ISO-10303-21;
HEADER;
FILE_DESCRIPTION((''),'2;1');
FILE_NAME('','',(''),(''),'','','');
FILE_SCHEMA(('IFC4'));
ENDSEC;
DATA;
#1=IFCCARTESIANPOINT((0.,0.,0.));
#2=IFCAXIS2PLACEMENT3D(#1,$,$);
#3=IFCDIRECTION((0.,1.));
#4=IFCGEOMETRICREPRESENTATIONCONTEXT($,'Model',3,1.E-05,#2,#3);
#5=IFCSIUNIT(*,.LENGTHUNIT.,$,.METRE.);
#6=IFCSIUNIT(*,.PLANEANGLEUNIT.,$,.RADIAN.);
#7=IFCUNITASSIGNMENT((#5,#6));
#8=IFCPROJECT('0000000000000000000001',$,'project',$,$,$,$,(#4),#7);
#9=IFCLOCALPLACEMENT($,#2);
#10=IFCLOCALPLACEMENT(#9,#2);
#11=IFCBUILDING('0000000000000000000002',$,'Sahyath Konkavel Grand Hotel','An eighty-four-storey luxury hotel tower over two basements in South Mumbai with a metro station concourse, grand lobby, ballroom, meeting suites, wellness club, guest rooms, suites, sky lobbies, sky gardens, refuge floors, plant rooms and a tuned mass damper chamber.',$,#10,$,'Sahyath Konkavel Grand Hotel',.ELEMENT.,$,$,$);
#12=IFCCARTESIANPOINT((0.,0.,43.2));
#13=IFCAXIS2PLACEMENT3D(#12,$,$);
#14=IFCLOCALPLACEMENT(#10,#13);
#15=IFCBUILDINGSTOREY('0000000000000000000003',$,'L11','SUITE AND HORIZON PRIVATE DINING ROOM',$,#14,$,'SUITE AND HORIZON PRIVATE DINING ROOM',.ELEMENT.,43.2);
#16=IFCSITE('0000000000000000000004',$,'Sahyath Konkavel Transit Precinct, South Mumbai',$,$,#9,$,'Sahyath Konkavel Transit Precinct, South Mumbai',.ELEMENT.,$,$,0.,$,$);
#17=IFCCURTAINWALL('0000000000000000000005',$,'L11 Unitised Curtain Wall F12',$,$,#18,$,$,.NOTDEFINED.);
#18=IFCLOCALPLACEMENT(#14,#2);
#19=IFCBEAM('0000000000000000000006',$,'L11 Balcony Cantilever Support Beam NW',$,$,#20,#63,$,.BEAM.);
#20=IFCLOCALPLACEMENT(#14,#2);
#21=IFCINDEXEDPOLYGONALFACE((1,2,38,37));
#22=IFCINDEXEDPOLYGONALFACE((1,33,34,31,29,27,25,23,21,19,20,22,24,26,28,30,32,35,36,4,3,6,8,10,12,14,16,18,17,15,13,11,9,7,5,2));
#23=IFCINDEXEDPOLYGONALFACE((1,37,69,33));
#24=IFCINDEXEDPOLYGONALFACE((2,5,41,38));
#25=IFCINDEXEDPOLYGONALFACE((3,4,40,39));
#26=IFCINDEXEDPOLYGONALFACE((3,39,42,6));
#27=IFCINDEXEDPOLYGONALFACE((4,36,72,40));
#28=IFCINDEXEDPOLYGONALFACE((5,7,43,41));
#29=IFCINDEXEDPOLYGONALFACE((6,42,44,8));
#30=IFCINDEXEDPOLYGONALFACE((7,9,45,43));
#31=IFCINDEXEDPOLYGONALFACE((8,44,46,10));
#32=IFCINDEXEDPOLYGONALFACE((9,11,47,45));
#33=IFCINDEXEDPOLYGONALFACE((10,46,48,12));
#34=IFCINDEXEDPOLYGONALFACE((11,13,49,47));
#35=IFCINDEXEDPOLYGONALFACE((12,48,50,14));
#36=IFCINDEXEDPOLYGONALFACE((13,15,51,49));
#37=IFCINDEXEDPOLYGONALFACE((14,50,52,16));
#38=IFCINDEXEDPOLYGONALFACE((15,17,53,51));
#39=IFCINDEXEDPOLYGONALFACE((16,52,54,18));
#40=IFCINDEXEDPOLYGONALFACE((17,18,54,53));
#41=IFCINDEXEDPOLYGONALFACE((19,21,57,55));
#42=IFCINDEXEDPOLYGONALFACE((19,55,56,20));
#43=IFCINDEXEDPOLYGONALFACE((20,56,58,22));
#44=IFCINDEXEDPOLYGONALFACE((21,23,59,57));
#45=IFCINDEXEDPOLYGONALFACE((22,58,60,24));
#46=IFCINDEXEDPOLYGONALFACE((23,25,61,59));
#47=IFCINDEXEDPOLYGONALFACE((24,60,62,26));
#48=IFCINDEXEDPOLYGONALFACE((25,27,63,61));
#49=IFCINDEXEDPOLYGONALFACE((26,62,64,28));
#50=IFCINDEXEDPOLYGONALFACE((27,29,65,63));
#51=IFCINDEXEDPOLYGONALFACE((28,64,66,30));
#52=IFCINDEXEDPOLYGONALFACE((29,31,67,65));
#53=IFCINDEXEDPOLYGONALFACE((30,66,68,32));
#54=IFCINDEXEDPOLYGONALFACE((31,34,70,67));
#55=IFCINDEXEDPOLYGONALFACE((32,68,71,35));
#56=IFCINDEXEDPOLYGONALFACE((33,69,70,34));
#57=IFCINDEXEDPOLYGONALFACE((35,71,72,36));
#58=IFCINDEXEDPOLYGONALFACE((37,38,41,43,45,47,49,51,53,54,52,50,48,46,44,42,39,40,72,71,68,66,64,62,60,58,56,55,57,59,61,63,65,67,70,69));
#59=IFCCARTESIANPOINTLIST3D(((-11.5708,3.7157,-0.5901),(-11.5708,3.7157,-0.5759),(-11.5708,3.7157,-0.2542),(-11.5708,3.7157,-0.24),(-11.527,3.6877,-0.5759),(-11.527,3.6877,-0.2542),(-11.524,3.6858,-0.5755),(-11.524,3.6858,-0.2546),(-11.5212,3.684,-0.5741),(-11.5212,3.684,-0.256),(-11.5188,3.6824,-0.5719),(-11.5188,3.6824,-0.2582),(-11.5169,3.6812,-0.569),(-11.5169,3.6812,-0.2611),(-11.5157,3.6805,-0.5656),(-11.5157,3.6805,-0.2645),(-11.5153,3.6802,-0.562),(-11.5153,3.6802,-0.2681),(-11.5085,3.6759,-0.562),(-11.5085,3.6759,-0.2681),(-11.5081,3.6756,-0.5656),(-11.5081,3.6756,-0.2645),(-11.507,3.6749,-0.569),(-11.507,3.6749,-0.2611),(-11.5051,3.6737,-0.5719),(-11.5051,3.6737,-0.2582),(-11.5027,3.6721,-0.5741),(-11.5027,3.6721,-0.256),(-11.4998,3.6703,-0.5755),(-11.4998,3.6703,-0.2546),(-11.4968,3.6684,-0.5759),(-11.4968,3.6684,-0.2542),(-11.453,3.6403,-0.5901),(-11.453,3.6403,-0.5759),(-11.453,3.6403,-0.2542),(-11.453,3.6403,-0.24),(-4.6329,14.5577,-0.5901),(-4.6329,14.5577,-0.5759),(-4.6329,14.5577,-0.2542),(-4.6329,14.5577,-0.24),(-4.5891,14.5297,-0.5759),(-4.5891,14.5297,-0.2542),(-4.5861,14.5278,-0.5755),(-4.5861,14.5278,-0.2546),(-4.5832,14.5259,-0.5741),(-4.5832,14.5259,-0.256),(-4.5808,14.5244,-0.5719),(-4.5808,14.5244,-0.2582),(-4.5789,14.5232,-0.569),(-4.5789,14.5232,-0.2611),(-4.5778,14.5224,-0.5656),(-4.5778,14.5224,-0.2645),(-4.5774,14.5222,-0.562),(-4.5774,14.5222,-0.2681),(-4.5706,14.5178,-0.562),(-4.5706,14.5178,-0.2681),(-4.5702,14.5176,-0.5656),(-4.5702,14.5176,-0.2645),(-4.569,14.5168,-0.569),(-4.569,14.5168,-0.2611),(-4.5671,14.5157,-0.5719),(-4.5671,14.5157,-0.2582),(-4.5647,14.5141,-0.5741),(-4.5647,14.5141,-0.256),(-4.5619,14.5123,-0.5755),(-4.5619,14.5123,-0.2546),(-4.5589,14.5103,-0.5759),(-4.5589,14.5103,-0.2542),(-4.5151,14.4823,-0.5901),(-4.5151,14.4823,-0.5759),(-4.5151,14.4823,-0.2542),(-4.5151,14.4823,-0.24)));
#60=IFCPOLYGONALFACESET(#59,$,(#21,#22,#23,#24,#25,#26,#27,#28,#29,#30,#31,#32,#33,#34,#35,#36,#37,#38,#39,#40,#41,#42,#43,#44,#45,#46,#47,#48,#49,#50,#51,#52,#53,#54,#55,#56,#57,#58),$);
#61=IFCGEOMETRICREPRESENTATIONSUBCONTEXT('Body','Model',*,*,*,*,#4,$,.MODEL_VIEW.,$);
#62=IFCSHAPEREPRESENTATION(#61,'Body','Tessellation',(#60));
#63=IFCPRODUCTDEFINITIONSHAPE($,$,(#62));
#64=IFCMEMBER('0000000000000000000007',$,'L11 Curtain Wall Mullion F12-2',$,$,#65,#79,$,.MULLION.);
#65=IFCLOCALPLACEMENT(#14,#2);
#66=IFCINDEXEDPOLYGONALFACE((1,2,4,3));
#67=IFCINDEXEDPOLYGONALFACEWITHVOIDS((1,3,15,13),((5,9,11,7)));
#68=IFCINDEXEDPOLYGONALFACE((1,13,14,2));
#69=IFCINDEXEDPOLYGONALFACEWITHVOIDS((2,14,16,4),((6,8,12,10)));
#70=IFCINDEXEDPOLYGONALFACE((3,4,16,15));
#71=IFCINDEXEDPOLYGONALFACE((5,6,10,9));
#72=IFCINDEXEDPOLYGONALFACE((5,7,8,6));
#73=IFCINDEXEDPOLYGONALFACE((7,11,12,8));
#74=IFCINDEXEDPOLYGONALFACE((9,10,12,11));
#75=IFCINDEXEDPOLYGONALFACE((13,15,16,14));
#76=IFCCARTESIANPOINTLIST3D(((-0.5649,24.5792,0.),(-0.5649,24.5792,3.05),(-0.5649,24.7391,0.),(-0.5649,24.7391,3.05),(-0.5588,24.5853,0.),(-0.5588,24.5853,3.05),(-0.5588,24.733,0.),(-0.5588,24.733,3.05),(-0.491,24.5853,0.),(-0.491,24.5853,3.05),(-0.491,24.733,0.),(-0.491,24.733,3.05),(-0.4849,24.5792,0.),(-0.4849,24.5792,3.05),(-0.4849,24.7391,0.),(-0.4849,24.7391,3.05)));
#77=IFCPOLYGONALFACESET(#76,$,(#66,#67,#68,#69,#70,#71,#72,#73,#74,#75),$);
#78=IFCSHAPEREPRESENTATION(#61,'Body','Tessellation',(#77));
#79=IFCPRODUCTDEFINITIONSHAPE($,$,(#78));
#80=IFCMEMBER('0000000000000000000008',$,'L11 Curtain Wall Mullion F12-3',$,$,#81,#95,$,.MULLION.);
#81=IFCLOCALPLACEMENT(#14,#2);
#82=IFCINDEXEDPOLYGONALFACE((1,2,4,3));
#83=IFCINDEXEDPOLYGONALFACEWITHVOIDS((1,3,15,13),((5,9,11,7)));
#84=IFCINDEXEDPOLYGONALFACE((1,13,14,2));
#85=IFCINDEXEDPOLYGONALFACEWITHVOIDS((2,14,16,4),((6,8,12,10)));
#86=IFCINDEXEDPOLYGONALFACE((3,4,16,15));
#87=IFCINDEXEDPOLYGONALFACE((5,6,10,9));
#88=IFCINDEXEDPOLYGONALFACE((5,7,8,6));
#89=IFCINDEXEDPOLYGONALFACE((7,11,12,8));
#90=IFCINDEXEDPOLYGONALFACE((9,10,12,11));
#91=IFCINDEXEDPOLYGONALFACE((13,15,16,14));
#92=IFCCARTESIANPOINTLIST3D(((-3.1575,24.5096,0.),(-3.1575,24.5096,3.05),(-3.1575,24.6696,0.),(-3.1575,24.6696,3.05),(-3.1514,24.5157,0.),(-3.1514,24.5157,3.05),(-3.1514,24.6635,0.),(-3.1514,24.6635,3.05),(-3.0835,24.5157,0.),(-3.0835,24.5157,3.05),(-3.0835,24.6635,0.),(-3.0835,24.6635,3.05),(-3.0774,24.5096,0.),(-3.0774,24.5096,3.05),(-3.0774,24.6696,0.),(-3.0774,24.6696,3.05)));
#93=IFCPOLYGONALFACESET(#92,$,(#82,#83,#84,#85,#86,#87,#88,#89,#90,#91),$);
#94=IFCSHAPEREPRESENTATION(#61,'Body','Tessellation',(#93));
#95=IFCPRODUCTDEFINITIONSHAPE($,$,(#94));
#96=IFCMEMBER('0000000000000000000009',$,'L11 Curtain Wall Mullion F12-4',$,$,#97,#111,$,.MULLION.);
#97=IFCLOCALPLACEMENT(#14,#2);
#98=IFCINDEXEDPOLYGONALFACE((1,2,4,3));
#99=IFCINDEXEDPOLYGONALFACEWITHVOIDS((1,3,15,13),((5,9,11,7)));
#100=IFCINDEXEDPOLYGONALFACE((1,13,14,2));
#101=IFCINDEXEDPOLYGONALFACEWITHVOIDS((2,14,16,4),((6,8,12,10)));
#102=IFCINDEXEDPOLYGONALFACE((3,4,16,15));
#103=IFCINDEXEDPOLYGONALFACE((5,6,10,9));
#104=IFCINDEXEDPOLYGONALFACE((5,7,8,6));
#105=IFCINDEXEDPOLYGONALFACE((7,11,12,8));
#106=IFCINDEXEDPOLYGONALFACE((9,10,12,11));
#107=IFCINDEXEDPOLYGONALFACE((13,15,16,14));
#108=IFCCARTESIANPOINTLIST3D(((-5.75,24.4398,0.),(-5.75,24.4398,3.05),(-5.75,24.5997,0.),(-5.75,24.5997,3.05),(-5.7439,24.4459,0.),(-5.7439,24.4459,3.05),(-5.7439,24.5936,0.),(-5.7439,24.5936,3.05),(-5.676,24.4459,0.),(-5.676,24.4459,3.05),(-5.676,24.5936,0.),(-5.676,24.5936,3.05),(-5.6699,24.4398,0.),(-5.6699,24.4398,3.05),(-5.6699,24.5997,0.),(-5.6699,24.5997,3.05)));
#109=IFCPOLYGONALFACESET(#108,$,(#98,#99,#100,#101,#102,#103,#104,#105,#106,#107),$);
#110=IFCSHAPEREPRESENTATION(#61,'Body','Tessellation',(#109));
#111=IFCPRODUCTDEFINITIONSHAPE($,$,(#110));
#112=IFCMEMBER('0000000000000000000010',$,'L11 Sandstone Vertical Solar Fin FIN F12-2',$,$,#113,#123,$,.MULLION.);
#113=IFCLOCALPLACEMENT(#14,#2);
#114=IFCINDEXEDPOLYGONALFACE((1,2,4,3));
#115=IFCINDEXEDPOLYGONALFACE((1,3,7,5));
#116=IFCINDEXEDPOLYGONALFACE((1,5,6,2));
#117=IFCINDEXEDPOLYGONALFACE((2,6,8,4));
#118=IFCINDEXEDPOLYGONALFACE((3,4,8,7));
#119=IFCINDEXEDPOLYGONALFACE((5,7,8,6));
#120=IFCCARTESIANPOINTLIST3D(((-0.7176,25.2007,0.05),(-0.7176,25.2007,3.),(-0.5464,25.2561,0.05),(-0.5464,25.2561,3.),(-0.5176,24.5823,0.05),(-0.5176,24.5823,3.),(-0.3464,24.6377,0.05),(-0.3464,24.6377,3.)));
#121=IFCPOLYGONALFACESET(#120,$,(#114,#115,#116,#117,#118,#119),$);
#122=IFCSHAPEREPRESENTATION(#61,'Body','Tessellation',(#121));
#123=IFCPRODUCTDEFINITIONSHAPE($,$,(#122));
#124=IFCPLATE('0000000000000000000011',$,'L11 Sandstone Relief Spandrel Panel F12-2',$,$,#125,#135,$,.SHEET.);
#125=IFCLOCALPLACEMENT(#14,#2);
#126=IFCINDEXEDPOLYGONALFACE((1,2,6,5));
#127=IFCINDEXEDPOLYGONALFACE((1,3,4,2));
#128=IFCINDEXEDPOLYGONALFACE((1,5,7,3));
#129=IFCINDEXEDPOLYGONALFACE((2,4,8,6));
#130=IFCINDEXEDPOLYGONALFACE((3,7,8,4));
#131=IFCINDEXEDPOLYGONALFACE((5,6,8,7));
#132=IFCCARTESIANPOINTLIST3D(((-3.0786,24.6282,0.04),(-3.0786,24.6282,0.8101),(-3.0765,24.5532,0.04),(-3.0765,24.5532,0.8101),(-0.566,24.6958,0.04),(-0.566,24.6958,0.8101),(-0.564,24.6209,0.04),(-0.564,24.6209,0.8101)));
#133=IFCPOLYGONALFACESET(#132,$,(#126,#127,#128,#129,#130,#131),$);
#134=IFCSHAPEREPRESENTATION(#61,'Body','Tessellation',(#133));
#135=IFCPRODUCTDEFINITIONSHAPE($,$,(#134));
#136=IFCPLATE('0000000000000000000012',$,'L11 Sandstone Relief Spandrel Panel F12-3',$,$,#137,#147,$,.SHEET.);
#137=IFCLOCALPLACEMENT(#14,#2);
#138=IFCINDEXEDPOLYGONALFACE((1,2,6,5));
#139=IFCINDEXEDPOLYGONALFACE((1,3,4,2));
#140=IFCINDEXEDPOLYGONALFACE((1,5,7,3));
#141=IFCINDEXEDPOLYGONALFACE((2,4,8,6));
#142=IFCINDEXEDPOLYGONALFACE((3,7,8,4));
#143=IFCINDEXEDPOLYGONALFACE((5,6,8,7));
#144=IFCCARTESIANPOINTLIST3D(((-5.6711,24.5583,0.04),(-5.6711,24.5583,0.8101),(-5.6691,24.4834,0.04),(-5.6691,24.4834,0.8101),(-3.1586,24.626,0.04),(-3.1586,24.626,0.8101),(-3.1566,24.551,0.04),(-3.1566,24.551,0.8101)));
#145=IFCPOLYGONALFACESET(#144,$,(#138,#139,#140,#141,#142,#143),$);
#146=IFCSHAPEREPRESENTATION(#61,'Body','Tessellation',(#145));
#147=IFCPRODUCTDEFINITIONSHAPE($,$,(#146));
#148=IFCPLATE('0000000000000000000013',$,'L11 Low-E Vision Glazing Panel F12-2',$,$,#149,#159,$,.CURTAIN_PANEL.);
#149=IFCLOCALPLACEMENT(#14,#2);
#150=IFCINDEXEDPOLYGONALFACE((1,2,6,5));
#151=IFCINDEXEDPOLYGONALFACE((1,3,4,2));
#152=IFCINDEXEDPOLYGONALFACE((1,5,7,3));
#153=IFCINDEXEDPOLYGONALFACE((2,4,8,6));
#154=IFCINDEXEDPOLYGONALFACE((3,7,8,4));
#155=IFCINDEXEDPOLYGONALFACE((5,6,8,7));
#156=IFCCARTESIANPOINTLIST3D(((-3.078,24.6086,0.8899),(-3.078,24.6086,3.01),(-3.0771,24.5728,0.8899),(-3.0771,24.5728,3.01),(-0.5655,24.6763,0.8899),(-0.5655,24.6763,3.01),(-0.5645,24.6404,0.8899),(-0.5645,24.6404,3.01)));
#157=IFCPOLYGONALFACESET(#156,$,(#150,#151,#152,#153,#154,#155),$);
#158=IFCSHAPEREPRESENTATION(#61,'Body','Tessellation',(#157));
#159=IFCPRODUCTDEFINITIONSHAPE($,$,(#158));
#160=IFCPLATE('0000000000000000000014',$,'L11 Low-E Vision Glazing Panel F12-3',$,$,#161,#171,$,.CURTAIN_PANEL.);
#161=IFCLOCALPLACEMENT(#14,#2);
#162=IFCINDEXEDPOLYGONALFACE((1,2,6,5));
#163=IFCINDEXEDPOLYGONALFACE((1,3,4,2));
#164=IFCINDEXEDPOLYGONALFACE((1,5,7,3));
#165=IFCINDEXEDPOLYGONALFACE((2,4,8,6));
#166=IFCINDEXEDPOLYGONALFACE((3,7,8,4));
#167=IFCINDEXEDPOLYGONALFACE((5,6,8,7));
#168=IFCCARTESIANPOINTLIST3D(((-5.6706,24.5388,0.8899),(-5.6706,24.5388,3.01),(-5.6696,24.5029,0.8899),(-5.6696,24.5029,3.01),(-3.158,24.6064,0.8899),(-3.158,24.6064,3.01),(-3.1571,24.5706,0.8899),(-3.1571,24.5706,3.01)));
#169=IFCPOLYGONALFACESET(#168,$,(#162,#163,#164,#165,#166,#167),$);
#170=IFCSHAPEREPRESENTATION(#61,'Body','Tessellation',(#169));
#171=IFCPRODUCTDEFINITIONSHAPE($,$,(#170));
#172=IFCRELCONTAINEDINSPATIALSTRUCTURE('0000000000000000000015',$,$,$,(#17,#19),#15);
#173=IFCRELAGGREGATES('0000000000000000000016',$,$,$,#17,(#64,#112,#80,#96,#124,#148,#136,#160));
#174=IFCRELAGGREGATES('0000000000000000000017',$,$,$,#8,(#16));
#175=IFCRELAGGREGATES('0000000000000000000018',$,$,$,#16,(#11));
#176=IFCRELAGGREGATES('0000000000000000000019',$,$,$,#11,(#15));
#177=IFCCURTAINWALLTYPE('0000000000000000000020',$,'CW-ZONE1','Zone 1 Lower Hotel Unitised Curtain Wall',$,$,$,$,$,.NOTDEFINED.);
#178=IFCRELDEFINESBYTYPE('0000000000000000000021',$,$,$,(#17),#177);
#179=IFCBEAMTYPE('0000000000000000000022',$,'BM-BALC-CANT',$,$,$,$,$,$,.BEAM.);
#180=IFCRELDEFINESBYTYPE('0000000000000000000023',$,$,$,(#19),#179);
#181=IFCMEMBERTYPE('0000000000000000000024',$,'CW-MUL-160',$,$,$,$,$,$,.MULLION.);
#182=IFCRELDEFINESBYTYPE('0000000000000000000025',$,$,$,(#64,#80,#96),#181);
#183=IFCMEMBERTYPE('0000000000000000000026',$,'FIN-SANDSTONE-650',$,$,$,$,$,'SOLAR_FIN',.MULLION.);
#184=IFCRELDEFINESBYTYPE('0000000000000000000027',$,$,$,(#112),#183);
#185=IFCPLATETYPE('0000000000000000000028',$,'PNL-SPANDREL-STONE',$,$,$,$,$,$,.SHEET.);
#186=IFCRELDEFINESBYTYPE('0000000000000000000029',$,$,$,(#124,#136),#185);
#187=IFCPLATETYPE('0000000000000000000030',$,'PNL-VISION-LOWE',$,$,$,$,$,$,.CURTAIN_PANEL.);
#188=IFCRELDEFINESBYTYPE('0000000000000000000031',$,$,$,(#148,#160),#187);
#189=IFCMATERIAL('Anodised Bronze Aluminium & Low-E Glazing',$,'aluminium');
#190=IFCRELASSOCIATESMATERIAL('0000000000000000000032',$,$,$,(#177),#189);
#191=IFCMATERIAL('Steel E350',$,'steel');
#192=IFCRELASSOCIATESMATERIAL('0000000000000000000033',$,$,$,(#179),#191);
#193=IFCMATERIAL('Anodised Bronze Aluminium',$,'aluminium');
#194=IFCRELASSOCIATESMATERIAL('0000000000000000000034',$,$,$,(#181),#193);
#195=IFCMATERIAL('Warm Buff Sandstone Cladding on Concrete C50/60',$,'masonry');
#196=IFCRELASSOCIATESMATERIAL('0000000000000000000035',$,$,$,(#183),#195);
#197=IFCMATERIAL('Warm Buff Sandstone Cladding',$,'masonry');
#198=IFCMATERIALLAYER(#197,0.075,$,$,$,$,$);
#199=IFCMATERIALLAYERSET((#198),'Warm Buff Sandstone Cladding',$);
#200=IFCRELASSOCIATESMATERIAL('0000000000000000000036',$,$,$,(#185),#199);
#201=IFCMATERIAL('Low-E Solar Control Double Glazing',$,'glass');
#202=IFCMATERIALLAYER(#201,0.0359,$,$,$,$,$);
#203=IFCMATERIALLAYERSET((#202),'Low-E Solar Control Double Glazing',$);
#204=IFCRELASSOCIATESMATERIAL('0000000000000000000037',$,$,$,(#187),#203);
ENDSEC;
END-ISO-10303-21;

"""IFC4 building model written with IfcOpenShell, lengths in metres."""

from ifc_helpers import new_model, si_unit, direction, frame, origin, origin_2d, place, context, subcontext, project, spatial, rectangle, hollow_rectangle, i_section, extrude, source, transform, mapped, material, layer, layer_set, material_profile, profile_set, type_object, element, aggregate, save


model = new_model("IFC4")

# Units and contexts
model_context = context("Model", 3, precision=1e-05, world=origin(), true_north=direction((0.0, 1.0)))
body_context = subcontext(model_context, "Body", "Model", "MODEL_VIEW")
ifc_project = project(units=[si_unit("LENGTHUNIT", "METRE"), si_unit("PLANEANGLEUNIT", "RADIAN")], contexts=[model_context])

# Site, building, storey
site_placement = place(None, origin())
site = spatial("IfcSite", under=ifc_project, at=site_placement, Name="Sahyath Konkavel Transit Precinct, South Mumbai", LongName="Sahyath Konkavel Transit Precinct, South Mumbai", CompositionType="ELEMENT", RefElevation=0.0)
building_placement = place(site_placement, origin())
building = spatial("IfcBuilding", under=site, at=building_placement, Name="Sahyath Konkavel Grand Hotel", Description="An eighty-four-storey luxury hotel tower over two basements in South Mumbai with a metro station concourse, grand lobby, ballroom, meeting suites, wellness club, guest rooms, suites, sky lobbies, sky gardens, refuge floors, plant rooms and a tuned mass damper chamber.", LongName="Sahyath Konkavel Grand Hotel", CompositionType="ELEMENT")
storey_placement = place(building_placement, frame((0.0, 0.0, 43.2)))
storey = spatial("IfcBuildingStorey", under=building, at=storey_placement, Name="L11", Description="SUITE AND HORIZON PRIVATE DINING ROOM", LongName="SUITE AND HORIZON PRIVATE DINING ROOM", CompositionType="ELEMENT", Elevation=43.2)

# Shared definitions
ifc_material_1 = material(Name="Steel E350", Category="steel")

# Curtain wall
ifc_material_2 = material(Name="Anodised Bronze Aluminium & Low-E Glazing", Category="aluminium")
curtain_wall_type = type_object("IfcCurtainWallType", Name="CW-ZONE1", Description="Zone 1 Lower Hotel Unitised Curtain Wall", PredefinedType="NOTDEFINED", material=ifc_material_2)
curtain_wall_placement = place(storey_placement, origin())
curtain_wall = element("IfcCurtainWall", 1, at=curtain_wall_placement, inside=storey, type_object=curtain_wall_type, Name="L11 Unitised Curtain Wall F12", PredefinedType="NOTDEFINED")
ifc_material_3 = material(Name="Anodised Bronze Aluminium", Category="aluminium")

# Beam
ifc_material_profile_1 = material_profile(ifc_material_1, i_section(OverallWidth=0.1399, OverallDepth=0.3501, WebThickness=0.0081, FlangeThickness=0.0142, FilletRadius=0.0139, at=origin_2d()), Name="ISMB 350")
ifc_profile_set_1 = profile_set([ifc_material_profile_1], Name="Steel E350")
beam_type_1 = type_object("IfcBeamType", Name="BM-BALC-CANT", PredefinedType="BEAM", material=ifc_profile_set_1)
shared_shape_1 = source(origin(), body_context, "Body", "SweptSolid", [
    extrude(i_section(OverallWidth=0.1399, OverallDepth=0.3501, WebThickness=0.0081, FlangeThickness=0.0142, FilletRadius=0.0139, at=origin_2d()), origin(), (0.0, 0.0, 1.0), 12.8718),
])
beam_1_placement = place(storey_placement, frame((-4.574, 14.52, -0.415), z_axis=(-0.539003, -0.842304, 0.0), x_axis=(0.842304, -0.539003, 0.0)))
element("IfcBeam", 2, at=beam_1_placement, inside=storey, type_object=beam_type_1, Name="L11 Balcony Cantilever Support Beam NW", PredefinedType="BEAM", context=body_context, shape_type="MappedRepresentation", body=[
    mapped(shared_shape_1, transform((0.0, 0.0, 0.0), scale=1.0)),
])

# Members
ifc_material_profile_2 = material_profile(ifc_material_3, hollow_rectangle(XDim=0.0801, YDim=0.1599, WallThickness=0.0061, at=origin_2d()), Name="RHS 160x80x6")
ifc_profile_set_2 = profile_set([ifc_material_profile_2], Name="Anodised Bronze Aluminium")
member_type_1 = type_object("IfcMemberType", Name="CW-MUL-160", PredefinedType="MULLION", material=ifc_profile_set_2)
shared_shape_2 = source(origin(), body_context, "Body", "SweptSolid", [
    extrude(hollow_rectangle(XDim=0.0801, YDim=0.1599, WallThickness=0.0061, at=origin_2d()), origin(), (0.0, 0.0, 1.0), 3.05),
])
member_1_placement = place(storey_placement, frame((-0.5249, 24.6592, 0.0), z_axis=(0.0, 0.0, 1.0), x_axis=(1.0, 0.0, 0.0)))
member_1 = element("IfcMember", 3, at=member_1_placement, type_object=member_type_1, Name="L11 Curtain Wall Mullion F12-2", PredefinedType="MULLION", context=body_context, shape_type="MappedRepresentation", body=[
    mapped(shared_shape_2, transform((0.0, 0.0, 0.0), scale=1.0)),
])
member_2_placement = place(storey_placement, frame((-3.1174, 24.5896, 0.0), z_axis=(0.0, 0.0, 1.0), x_axis=(1.0, 0.0, 0.0)))
member_2 = element("IfcMember", 4, at=member_2_placement, type_object=member_type_1, Name="L11 Curtain Wall Mullion F12-3", PredefinedType="MULLION", context=body_context, shape_type="MappedRepresentation", body=[
    mapped(shared_shape_2, transform((0.0, 0.0, 0.0), scale=1.0)),
])
member_3_placement = place(storey_placement, frame((-5.71, 24.5198, 0.0), z_axis=(0.0, 0.0, 1.0), x_axis=(1.0, 0.0, 0.0)))
member_3 = element("IfcMember", 5, at=member_3_placement, type_object=member_type_1, Name="L11 Curtain Wall Mullion F12-4", PredefinedType="MULLION", context=body_context, shape_type="MappedRepresentation", body=[
    mapped(shared_shape_2, transform((0.0, 0.0, 0.0), scale=1.0)),
])
ifc_material_4 = material(Name="Warm Buff Sandstone Cladding on Concrete C50/60", Category="masonry")
ifc_material_profile_3 = material_profile(ifc_material_4, rectangle(XDim=0.1799, YDim=0.6499, at=origin_2d()), Name="FIN 180x650")
ifc_profile_set_3 = profile_set([ifc_material_profile_3], Name="Warm Buff Sandstone Cladding on Concrete C50/60")
member_type_2 = type_object("IfcMemberType", Name="FIN-SANDSTONE-650", ElementType="SOLAR_FIN", PredefinedType="MULLION", material=ifc_profile_set_3)
shared_shape_3 = source(origin(), body_context, "Body", "SweptSolid", [
    extrude(rectangle(XDim=0.1799, YDim=0.6499, at=origin_2d()), origin(), (0.0, 0.0, 1.0), 2.95),
])
member_4_placement = place(storey_placement, frame((-0.532, 24.9192, 0.05), z_axis=(0.0, 0.0, 1.0), x_axis=(0.951487, 0.307689, 0.0)))
member_4 = element("IfcMember", 6, at=member_4_placement, type_object=member_type_2, Name="L11 Sandstone Vertical Solar Fin FIN F12-2", PredefinedType="MULLION", context=body_context, shape_type="MappedRepresentation", body=[
    mapped(shared_shape_3, transform((0.0, 0.0, 0.0), scale=1.0)),
])

# Plates
ifc_material_5 = material(Name="Warm Buff Sandstone Cladding", Category="masonry")
ifc_layer_1 = layer(ifc_material_5, 0.075)
ifc_layer_set_1 = layer_set([ifc_layer_1], Name="Warm Buff Sandstone Cladding")
plate_type_1 = type_object("IfcPlateType", Name="PNL-SPANDREL-STONE", PredefinedType="SHEET", material=ifc_layer_set_1)
shared_shape_4 = source(origin(), body_context, "Body", "SweptSolid", [
    extrude(rectangle(XDim=2.5134, YDim=0.075, at=origin_2d()), origin(), (0.0, 0.0, 1.0), 0.77),
])
plate_1_placement = place(storey_placement, frame((-1.8213, 24.6245, 0.04), z_axis=(0.0, 0.0, 1.0), x_axis=(-0.999638, -0.02691, 0.0)))
plate_1 = element("IfcPlate", 7, at=plate_1_placement, type_object=plate_type_1, Name="L11 Sandstone Relief Spandrel Panel F12-2", PredefinedType="SHEET", context=body_context, shape_type="MappedRepresentation", body=[
    mapped(shared_shape_4, transform((0.0, 0.0, 0.0), scale=1.0)),
])
plate_2_placement = place(storey_placement, frame((-4.4138, 24.5547, 0.04), z_axis=(0.0, 0.0, 1.0), x_axis=(-0.999638, -0.02691, 0.0)))
plate_2 = element("IfcPlate", 8, at=plate_2_placement, type_object=plate_type_1, Name="L11 Sandstone Relief Spandrel Panel F12-3", PredefinedType="SHEET", context=body_context, shape_type="MappedRepresentation", body=[
    mapped(shared_shape_4, transform((0.0, 0.0, 0.0), scale=1.0)),
])
ifc_material_6 = material(Name="Low-E Solar Control Double Glazing", Category="glass")
ifc_layer_2 = layer(ifc_material_6, 0.0359)
ifc_layer_set_2 = layer_set([ifc_layer_2], Name="Low-E Solar Control Double Glazing")
plate_type_2 = type_object("IfcPlateType", Name="PNL-VISION-LOWE", PredefinedType="CURTAIN_PANEL", material=ifc_layer_set_2)
shared_shape_5 = source(origin(), body_context, "Body", "SweptSolid", [
    extrude(rectangle(XDim=2.5134, YDim=0.0359, at=origin_2d()), origin(), (0.0, 0.0, 1.0), 2.1201),
])
plate_3_placement = place(storey_placement, frame((-1.8213, 24.6245, 0.8899), z_axis=(0.0, 0.0, 1.0), x_axis=(-0.999638, -0.02691, 0.0)))
plate_3 = element("IfcPlate", 9, at=plate_3_placement, type_object=plate_type_2, Name="L11 Low-E Vision Glazing Panel F12-2", PredefinedType="CURTAIN_PANEL", context=body_context, shape_type="MappedRepresentation", body=[
    mapped(shared_shape_5, transform((0.0, 0.0, 0.0), scale=1.0)),
])
plate_4_placement = place(storey_placement, frame((-4.4138, 24.5547, 0.8899), z_axis=(0.0, 0.0, 1.0), x_axis=(-0.999638, -0.02691, 0.0)))
plate_4 = element("IfcPlate", 10, at=plate_4_placement, type_object=plate_type_2, Name="L11 Low-E Vision Glazing Panel F12-3", PredefinedType="CURTAIN_PANEL", context=body_context, shape_type="MappedRepresentation", body=[
    mapped(shared_shape_5, transform((0.0, 0.0, 0.0), scale=1.0)),
])
aggregate(curtain_wall, [member_1, member_4, member_2, member_3, plate_1, plate_3, plate_2, plate_4])

save(model, "model.ifc")
